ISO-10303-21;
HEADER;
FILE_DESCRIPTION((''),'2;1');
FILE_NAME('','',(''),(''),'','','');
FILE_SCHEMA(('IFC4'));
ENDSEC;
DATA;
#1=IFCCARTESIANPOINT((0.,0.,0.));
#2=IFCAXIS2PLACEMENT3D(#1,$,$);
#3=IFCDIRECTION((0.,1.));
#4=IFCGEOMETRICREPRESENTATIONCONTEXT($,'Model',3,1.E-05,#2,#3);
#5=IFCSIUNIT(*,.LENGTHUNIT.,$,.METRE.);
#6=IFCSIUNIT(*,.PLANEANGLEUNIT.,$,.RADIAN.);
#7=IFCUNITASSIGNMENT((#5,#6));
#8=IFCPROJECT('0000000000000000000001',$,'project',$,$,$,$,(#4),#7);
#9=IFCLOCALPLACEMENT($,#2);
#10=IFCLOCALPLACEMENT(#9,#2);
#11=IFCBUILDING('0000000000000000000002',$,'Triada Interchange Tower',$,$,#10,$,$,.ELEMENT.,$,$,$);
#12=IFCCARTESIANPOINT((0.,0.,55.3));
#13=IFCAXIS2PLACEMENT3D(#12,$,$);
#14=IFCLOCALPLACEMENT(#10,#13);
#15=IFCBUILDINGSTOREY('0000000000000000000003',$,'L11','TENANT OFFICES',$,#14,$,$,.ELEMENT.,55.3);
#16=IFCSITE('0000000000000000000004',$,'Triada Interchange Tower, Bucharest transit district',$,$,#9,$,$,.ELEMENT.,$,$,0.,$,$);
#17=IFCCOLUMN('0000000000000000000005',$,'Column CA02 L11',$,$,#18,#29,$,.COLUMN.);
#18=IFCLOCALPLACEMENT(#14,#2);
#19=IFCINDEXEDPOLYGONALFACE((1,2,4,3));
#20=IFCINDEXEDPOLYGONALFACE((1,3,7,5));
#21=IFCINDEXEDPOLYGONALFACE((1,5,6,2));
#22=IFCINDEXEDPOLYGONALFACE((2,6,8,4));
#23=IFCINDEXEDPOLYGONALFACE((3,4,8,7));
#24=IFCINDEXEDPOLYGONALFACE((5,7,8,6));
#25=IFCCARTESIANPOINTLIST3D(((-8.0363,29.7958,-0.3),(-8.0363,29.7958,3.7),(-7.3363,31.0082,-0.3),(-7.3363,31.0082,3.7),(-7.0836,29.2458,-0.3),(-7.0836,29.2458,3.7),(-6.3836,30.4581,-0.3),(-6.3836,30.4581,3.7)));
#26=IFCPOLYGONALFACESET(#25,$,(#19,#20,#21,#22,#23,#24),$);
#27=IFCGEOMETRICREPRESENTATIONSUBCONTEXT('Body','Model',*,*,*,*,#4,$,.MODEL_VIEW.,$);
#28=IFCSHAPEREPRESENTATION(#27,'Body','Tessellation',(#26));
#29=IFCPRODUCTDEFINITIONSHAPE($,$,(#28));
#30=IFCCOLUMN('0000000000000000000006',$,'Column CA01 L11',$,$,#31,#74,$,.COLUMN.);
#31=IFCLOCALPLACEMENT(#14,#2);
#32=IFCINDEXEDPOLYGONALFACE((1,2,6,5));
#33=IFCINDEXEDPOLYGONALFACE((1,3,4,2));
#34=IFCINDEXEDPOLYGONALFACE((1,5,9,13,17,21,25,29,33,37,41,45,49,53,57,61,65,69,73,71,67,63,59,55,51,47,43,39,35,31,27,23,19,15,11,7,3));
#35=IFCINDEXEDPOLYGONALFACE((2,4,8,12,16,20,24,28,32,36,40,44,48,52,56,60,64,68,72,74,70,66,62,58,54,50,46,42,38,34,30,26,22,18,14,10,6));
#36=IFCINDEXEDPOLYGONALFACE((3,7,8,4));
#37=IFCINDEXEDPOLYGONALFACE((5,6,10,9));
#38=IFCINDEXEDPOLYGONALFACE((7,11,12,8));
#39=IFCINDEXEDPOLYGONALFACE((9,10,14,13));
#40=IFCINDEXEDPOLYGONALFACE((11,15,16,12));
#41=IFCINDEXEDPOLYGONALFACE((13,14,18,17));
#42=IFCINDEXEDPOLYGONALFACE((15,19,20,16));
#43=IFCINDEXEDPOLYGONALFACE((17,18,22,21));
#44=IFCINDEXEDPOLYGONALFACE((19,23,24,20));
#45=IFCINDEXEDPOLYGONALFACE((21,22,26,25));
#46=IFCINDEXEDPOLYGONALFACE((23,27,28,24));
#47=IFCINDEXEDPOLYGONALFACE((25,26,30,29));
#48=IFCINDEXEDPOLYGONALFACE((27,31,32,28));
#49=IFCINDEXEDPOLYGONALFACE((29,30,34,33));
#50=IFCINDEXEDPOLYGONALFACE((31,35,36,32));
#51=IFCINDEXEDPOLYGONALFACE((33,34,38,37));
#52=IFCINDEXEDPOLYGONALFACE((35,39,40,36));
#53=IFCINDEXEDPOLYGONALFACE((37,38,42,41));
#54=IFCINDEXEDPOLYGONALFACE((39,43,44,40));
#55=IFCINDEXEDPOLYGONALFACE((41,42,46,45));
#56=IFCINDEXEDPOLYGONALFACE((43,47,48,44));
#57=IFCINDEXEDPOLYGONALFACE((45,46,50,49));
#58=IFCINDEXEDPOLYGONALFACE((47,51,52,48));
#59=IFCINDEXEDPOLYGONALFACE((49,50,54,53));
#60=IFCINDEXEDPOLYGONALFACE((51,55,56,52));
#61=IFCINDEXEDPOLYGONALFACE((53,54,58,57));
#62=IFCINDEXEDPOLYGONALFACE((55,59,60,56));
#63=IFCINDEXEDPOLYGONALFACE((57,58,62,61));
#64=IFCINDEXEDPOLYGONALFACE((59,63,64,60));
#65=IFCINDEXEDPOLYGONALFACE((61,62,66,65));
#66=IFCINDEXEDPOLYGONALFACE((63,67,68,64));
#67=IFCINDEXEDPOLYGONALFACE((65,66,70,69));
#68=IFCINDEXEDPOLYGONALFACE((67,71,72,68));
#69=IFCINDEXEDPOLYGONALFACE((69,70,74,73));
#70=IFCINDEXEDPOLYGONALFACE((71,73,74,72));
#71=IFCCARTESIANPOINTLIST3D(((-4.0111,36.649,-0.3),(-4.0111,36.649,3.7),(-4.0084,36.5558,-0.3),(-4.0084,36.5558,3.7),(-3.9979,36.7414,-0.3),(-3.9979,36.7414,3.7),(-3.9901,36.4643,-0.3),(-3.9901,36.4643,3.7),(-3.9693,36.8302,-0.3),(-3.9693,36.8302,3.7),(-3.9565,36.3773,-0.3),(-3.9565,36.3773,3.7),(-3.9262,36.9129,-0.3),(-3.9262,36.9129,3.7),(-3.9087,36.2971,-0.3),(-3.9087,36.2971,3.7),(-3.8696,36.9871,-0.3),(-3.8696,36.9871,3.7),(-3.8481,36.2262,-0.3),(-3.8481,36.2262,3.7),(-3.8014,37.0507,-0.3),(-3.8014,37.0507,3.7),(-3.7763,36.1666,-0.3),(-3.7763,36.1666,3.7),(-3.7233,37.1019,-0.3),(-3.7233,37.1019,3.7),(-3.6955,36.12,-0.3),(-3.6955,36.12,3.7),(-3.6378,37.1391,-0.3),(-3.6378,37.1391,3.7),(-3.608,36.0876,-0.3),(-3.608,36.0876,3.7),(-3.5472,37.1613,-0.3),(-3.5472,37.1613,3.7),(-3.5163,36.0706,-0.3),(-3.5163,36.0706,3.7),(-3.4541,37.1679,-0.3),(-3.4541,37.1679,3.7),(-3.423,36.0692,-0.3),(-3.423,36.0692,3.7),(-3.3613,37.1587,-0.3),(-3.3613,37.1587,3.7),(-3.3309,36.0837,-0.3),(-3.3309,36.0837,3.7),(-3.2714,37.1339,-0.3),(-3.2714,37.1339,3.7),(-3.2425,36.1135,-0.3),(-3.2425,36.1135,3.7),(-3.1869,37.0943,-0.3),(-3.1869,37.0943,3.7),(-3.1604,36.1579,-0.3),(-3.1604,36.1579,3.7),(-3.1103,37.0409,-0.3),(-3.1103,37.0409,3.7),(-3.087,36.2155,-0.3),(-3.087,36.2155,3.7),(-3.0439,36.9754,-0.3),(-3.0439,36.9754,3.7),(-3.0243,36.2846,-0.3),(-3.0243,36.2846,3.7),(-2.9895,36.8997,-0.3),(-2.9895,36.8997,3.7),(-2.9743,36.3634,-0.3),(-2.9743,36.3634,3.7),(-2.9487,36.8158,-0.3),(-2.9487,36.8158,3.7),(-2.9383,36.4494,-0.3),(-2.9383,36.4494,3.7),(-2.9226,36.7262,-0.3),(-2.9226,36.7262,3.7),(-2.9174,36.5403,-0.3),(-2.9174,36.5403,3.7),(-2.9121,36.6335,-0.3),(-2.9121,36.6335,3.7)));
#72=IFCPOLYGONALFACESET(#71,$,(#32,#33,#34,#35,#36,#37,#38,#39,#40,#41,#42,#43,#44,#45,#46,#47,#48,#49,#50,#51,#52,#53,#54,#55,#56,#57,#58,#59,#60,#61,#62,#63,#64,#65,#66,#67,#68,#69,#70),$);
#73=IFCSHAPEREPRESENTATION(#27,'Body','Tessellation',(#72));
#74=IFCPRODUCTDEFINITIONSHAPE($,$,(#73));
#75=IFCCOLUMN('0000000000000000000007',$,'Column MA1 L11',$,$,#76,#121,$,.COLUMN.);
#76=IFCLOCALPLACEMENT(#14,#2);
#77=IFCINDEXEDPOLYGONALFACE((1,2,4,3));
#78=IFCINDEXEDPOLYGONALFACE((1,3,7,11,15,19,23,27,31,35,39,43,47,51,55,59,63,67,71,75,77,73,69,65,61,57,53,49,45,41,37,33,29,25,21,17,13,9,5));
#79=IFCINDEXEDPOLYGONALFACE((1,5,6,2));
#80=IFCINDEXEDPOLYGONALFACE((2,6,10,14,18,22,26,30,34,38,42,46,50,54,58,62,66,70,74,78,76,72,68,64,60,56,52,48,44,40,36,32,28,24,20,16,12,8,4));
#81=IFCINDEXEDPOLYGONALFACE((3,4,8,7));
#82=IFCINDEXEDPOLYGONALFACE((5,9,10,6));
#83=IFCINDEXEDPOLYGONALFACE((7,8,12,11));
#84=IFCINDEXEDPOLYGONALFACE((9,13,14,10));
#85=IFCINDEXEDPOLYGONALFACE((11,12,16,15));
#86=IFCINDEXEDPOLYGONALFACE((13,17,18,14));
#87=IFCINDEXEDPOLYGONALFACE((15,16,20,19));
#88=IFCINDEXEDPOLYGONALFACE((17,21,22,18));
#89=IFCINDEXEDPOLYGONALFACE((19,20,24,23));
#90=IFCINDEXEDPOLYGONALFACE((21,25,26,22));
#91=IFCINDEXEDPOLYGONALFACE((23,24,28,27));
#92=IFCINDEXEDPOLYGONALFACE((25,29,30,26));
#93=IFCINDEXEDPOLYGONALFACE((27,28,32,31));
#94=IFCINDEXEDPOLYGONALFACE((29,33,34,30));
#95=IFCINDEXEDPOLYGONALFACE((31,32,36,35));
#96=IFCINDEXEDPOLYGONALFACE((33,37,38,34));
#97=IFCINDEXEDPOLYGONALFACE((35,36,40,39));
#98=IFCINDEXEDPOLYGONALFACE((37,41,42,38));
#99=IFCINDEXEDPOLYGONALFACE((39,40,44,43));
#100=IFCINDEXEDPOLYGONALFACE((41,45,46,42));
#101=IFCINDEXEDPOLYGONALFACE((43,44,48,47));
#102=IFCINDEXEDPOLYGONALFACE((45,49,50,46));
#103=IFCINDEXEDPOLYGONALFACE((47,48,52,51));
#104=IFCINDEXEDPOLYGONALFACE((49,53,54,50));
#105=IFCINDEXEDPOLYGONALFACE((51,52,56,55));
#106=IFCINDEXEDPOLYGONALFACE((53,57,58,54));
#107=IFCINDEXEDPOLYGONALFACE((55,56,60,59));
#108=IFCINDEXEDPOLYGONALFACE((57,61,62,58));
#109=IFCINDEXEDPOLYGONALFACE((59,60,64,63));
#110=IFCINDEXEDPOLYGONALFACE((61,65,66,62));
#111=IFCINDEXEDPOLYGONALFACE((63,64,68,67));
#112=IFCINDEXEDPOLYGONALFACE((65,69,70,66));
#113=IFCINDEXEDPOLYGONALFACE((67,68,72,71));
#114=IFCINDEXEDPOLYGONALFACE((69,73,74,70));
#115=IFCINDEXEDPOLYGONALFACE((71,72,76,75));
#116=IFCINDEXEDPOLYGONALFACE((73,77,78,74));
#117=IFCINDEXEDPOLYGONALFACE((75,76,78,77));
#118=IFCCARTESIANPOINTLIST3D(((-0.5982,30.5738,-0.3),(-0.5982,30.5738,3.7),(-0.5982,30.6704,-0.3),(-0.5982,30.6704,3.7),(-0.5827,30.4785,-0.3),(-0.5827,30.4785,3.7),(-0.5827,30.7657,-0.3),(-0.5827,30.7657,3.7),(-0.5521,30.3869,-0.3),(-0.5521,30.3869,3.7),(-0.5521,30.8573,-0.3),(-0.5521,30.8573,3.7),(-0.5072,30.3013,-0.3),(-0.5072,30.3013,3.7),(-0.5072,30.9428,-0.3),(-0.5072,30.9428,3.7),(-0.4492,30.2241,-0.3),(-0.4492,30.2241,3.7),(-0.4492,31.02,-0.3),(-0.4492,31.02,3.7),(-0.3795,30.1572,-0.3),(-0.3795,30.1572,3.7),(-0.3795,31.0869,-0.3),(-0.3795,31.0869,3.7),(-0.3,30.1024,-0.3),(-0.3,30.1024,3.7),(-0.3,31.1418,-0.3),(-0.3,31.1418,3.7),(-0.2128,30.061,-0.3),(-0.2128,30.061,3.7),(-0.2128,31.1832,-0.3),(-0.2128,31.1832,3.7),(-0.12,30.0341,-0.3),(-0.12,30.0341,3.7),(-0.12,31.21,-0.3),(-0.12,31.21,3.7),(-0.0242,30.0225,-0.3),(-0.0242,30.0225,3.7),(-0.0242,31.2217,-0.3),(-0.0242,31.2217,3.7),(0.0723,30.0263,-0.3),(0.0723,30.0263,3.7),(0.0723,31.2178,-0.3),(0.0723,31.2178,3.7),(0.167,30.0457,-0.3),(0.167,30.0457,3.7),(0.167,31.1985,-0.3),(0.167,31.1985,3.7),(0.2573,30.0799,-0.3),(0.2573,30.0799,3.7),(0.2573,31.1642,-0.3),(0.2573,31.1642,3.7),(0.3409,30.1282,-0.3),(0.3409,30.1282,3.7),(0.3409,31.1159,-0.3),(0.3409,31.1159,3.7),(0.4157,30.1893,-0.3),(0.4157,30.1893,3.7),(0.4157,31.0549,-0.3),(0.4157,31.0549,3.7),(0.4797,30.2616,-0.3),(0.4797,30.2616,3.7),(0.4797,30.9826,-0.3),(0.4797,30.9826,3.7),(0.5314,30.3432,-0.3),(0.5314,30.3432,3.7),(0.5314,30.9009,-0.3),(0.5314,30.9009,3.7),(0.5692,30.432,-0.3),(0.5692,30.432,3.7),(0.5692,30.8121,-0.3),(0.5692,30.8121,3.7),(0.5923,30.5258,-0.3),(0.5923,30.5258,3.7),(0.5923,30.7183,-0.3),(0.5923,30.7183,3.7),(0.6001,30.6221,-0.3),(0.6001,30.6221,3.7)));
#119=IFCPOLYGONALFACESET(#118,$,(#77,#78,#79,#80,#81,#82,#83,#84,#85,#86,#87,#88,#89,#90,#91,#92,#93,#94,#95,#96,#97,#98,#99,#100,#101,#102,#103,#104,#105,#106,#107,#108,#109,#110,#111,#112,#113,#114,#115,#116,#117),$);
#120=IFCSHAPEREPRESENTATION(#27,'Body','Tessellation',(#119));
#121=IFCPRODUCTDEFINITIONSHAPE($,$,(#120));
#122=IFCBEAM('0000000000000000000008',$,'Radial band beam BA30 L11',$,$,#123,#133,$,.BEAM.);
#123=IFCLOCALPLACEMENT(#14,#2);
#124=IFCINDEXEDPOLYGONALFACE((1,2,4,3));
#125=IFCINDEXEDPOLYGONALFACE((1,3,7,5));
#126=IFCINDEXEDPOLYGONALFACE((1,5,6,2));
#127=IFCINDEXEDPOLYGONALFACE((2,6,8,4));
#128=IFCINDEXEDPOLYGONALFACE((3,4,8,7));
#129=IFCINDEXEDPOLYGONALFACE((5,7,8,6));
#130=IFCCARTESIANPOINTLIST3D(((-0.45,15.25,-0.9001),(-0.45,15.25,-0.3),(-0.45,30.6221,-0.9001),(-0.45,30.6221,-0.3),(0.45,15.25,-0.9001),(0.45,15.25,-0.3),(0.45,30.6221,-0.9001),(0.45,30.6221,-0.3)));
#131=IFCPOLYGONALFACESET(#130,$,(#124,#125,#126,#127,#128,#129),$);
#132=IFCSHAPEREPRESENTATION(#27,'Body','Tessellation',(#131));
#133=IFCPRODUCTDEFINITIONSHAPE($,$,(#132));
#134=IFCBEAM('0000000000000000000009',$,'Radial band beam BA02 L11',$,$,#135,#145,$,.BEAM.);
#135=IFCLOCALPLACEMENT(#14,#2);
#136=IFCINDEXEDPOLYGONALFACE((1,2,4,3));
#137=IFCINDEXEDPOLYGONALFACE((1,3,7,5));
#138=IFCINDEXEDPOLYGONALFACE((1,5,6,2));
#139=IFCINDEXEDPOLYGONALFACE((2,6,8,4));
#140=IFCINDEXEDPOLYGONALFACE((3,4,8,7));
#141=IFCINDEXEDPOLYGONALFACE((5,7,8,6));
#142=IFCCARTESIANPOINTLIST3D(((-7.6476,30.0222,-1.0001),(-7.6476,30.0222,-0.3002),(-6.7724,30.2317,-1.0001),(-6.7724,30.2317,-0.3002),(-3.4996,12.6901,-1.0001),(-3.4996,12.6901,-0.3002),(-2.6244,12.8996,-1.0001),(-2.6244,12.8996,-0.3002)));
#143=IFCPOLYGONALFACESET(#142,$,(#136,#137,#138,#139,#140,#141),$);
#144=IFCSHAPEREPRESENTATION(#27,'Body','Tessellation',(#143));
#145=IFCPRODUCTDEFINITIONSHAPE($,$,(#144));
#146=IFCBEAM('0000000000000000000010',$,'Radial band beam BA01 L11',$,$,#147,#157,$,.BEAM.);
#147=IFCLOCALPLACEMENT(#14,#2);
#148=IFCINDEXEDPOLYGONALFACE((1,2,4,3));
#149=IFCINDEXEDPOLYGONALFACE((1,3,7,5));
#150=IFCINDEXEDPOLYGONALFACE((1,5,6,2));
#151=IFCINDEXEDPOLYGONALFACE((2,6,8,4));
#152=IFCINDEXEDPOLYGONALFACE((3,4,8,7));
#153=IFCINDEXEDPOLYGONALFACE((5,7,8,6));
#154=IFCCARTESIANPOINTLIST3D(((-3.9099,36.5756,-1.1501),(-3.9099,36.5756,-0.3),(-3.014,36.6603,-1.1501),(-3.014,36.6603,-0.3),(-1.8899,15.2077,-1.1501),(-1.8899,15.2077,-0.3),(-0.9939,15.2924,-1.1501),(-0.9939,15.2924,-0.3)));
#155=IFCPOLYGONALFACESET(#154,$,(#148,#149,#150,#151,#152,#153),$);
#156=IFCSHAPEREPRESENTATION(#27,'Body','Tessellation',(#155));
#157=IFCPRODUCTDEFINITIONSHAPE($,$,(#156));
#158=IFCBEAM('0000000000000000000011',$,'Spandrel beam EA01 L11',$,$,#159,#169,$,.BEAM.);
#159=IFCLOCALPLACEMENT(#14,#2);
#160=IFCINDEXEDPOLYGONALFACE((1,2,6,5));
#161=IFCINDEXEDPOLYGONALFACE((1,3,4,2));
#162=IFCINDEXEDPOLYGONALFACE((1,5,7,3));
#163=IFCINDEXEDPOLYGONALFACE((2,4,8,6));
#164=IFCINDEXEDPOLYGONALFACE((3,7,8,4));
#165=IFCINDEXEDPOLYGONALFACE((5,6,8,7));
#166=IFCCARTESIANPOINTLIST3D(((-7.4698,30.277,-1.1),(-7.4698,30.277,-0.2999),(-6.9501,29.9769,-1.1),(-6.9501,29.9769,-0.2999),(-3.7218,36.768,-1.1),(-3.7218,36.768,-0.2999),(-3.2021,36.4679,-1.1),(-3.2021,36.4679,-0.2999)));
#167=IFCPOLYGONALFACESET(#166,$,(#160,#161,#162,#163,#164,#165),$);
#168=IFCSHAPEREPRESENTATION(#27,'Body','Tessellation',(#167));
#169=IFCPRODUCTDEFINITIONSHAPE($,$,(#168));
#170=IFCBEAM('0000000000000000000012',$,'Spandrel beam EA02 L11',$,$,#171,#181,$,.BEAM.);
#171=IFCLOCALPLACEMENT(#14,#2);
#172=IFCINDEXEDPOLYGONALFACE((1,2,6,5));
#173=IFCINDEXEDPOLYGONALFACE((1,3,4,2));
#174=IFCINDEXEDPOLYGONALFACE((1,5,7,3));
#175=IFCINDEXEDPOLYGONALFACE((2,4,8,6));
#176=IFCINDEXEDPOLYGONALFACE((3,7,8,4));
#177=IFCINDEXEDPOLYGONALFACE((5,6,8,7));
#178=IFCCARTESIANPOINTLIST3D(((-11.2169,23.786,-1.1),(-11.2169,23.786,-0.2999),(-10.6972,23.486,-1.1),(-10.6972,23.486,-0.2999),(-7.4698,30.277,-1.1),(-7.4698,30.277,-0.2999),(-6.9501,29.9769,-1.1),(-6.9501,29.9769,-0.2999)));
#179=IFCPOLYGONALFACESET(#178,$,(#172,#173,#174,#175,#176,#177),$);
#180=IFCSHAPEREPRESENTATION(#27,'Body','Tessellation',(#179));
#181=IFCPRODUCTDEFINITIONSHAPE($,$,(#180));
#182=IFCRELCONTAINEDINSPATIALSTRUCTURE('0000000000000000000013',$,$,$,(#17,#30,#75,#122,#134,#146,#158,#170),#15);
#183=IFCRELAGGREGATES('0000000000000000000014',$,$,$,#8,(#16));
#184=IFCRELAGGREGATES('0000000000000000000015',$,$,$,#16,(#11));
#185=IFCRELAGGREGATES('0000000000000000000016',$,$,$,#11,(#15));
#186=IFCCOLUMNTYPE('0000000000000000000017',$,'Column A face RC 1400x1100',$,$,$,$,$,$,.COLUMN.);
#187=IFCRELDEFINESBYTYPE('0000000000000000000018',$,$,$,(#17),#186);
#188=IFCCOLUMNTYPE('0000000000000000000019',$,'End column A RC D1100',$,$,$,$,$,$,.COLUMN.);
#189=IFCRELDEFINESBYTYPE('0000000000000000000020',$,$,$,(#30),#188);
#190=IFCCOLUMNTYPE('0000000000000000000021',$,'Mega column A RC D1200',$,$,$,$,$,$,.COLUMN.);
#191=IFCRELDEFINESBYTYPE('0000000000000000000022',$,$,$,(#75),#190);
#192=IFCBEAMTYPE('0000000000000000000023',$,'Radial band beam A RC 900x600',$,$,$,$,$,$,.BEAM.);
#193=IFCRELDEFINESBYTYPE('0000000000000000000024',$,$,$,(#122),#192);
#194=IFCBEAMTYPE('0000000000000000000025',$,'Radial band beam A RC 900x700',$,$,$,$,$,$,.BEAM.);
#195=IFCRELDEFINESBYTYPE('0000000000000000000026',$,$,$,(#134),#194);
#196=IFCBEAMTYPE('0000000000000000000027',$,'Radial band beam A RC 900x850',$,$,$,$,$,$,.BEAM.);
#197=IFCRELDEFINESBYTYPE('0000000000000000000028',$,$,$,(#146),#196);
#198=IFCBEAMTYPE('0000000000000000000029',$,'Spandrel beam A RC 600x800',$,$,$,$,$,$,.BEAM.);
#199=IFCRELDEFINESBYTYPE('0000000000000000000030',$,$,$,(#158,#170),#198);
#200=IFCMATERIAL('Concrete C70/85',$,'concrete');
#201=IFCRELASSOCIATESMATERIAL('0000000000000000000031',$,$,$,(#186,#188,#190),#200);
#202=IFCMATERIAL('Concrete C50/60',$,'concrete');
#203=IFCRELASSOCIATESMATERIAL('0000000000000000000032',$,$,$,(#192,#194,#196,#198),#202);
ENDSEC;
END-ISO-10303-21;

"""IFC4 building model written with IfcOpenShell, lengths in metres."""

from ifc_helpers import new_model, si_unit, direction, frame, origin, origin_2d, place, context, subcontext, project, spatial, rectangle, circle, extrude, material, material_profile, profile_set, type_object, element, save


model = new_model("IFC4")

# Units and contexts
model_context = context("Model", 3, precision=1e-05, world=origin(), true_north=direction((0.0, 1.0)))
body_context = subcontext(model_context, "Body", "Model", "MODEL_VIEW")
ifc_project = project(units=[si_unit("LENGTHUNIT", "METRE"), si_unit("PLANEANGLEUNIT", "RADIAN")], contexts=[model_context])

# Site, building, storey
site_placement = place(None, origin())
site = spatial("IfcSite", under=ifc_project, at=site_placement, Name="Triada Interchange Tower, Bucharest transit district", CompositionType="ELEMENT", RefElevation=0.0)
building_placement = place(site_placement, origin())
building = spatial("IfcBuilding", under=site, at=building_placement, Name="Triada Interchange Tower", CompositionType="ELEMENT")
storey_placement = place(building_placement, frame((0.0, 0.0, 55.3)))
storey = spatial("IfcBuildingStorey", under=building, at=storey_placement, Name="L11", Description="TENANT OFFICES", CompositionType="ELEMENT", Elevation=55.3)

# Columns
ifc_material_1 = material(Name="Concrete C70/85", Category="concrete")
ifc_material_profile_1 = material_profile(ifc_material_1, rectangle(XDim=1.3999, YDim=1.1001, at=origin_2d()), Name="RC 1400x1100")
ifc_profile_set_1 = profile_set([ifc_material_profile_1], Name="Concrete C70/85")
column_type_1 = type_object("IfcColumnType", Name="Column A face RC 1400x1100", PredefinedType="COLUMN", material=ifc_profile_set_1)
column_1_placement = place(storey_placement, frame((-7.21, 30.127, -0.3), z_axis=(0.0, 0.0, 1.0), x_axis=(0.5, 0.866025, 0.0)))
element("IfcColumn", 1, at=column_1_placement, inside=storey, type_object=column_type_1, Name="Column CA02 L11", PredefinedType="COLUMN", context=body_context, shape_type="SweptSolid", body=[
    extrude(rectangle(XDim=1.3999, YDim=1.1001, at=origin_2d()), origin(), (0.0, 0.0, 1.0), 4.0),
])
ifc_material_profile_2 = material_profile(ifc_material_1, circle(Radius=0.55, at=origin_2d()), Name="RC D1100")
ifc_profile_set_2 = profile_set([ifc_material_profile_2], Name="Concrete C70/85")
column_type_2 = type_object("IfcColumnType", Name="End column A RC D1100", PredefinedType="COLUMN", material=ifc_profile_set_2)
column_2_placement = place(storey_placement, frame((-3.4619, 36.6179, -0.3), z_axis=(0.0, 0.0, 1.0), x_axis=(0.5, 0.866025, 0.0)))
element("IfcColumn", 2, at=column_2_placement, inside=storey, type_object=column_type_2, Name="Column CA01 L11", PredefinedType="COLUMN", context=body_context, shape_type="SweptSolid", body=[
    extrude(circle(Radius=0.55, at=origin_2d()), origin(), (0.0, 0.0, 1.0), 4.0),
])
ifc_material_profile_3 = material_profile(ifc_material_1, circle(Radius=0.6001, at=origin_2d()), Name="RC D1200")
ifc_profile_set_3 = profile_set([ifc_material_profile_3], Name="Concrete C70/85")
column_type_3 = type_object("IfcColumnType", Name="Mega column A RC D1200", PredefinedType="COLUMN", material=ifc_profile_set_3)
column_3_placement = place(storey_placement, frame((0.0, 30.6221, -0.3), z_axis=(0.0, 0.0, 1.0), x_axis=(1.0, 0.0, 0.0)))
element("IfcColumn", 3, at=column_3_placement, inside=storey, type_object=column_type_3, Name="Column MA1 L11", PredefinedType="COLUMN", context=body_context, shape_type="SweptSolid", body=[
    extrude(circle(Radius=0.6001, at=origin_2d()), origin(), (0.0, 0.0, 1.0), 4.0),
])

# Beams
ifc_material_2 = material(Name="Concrete C50/60", Category="concrete")
ifc_material_profile_4 = material_profile(ifc_material_2, rectangle(XDim=0.8999, YDim=0.6001, at=origin_2d()), Name="RC 900x600")
ifc_profile_set_4 = profile_set([ifc_material_profile_4], Name="Concrete C50/60")
beam_type_1 = type_object("IfcBeamType", Name="Radial band beam A RC 900x600", PredefinedType="BEAM", material=ifc_profile_set_4)
beam_1_placement = place(storey_placement, frame((0.0, 30.6221, -0.6001), z_axis=(0.0, -1.0, 0.0), x_axis=(1.0, 0.0, 0.0)))
element("IfcBeam", 4, at=beam_1_placement, inside=storey, type_object=beam_type_1, Name="Radial band beam BA30 L11", PredefinedType="BEAM", context=body_context, shape_type="SweptSolid", body=[
    extrude(rectangle(XDim=0.8999, YDim=0.6001, at=origin_2d()), origin(), (0.0, 0.0, 1.0), 15.3721),
])
ifc_material_profile_5 = material_profile(ifc_material_2, rectangle(XDim=0.8999, YDim=0.7, at=origin_2d()), Name="RC 900x700")
ifc_profile_set_5 = profile_set([ifc_material_profile_5], Name="Concrete C50/60")
beam_type_2 = type_object("IfcBeamType", Name="Radial band beam A RC 900x700", PredefinedType="BEAM", material=ifc_profile_set_5)
beam_2_placement = place(storey_placement, frame((-7.21, 30.127, -0.6501), z_axis=(0.23275, -0.972537, 0.0), x_axis=(0.972537, 0.23275, 0.0)))
element("IfcBeam", 5, at=beam_2_placement, inside=storey, type_object=beam_type_2, Name="Radial band beam BA02 L11", PredefinedType="BEAM", context=body_context, shape_type="SweptSolid", body=[
    extrude(rectangle(XDim=0.8999, YDim=0.7, at=origin_2d()), origin(), (0.0, 0.0, 1.0), 17.8215),
])
ifc_material_profile_6 = material_profile(ifc_material_2, rectangle(XDim=0.8999, YDim=0.8501, at=origin_2d()), Name="RC 900x850")
ifc_profile_set_6 = profile_set([ifc_material_profile_6], Name="Concrete C50/60")
beam_type_3 = type_object("IfcBeamType", Name="Radial band beam A RC 900x850", PredefinedType="BEAM", material=ifc_profile_set_6)
beam_3_placement = place(storey_placement, frame((-3.4619, 36.6179, -0.7251), z_axis=(0.094116, -0.995561, 0.0), x_axis=(0.995561, 0.094116, 0.0)))
element("IfcBeam", 6, at=beam_3_placement, inside=storey, type_object=beam_type_3, Name="Radial band beam BA01 L11", PredefinedType="BEAM", context=body_context, shape_type="SweptSolid", body=[
    extrude(rectangle(XDim=0.8999, YDim=0.8501, at=origin_2d()), origin(), (0.0, 0.0, 1.0), 21.4631),
])
ifc_material_profile_7 = material_profile(ifc_material_2, rectangle(XDim=0.6001, YDim=0.8, at=origin_2d()), Name="RC 600x800")
ifc_profile_set_7 = profile_set([ifc_material_profile_7], Name="Concrete C50/60")
beam_type_4 = type_object("IfcBeamType", Name="Spandrel beam A RC 600x800", PredefinedType="BEAM", material=ifc_profile_set_7)
beam_4_placement = place(storey_placement, frame((-3.4619, 36.6179, -0.7), z_axis=(-0.500049, -0.865997, 0.0), x_axis=(0.865997, -0.500049, 0.0)))
element("IfcBeam", 7, at=beam_4_placement, inside=storey, type_object=beam_type_4, Name="Spandrel beam EA01 L11", PredefinedType="BEAM", context=body_context, shape_type="SweptSolid", body=[
    extrude(rectangle(XDim=0.6001, YDim=0.8, at=origin_2d()), origin(), (0.0, 0.0, 1.0), 7.4954),
])
beam_5_placement = place(storey_placement, frame((-7.21, 30.127, -0.7), z_axis=(-0.499951, -0.866054, 0.0), x_axis=(0.866054, -0.499951, 0.0)))
element("IfcBeam", 8, at=beam_5_placement, inside=storey, type_object=beam_type_4, Name="Spandrel beam EA02 L11", PredefinedType="BEAM", context=body_context, shape_type="SweptSolid", body=[
    extrude(rectangle(XDim=0.6001, YDim=0.8, at=origin_2d()), origin(), (0.0, 0.0, 1.0), 7.4949),
])

save(model, "model.ifc")
